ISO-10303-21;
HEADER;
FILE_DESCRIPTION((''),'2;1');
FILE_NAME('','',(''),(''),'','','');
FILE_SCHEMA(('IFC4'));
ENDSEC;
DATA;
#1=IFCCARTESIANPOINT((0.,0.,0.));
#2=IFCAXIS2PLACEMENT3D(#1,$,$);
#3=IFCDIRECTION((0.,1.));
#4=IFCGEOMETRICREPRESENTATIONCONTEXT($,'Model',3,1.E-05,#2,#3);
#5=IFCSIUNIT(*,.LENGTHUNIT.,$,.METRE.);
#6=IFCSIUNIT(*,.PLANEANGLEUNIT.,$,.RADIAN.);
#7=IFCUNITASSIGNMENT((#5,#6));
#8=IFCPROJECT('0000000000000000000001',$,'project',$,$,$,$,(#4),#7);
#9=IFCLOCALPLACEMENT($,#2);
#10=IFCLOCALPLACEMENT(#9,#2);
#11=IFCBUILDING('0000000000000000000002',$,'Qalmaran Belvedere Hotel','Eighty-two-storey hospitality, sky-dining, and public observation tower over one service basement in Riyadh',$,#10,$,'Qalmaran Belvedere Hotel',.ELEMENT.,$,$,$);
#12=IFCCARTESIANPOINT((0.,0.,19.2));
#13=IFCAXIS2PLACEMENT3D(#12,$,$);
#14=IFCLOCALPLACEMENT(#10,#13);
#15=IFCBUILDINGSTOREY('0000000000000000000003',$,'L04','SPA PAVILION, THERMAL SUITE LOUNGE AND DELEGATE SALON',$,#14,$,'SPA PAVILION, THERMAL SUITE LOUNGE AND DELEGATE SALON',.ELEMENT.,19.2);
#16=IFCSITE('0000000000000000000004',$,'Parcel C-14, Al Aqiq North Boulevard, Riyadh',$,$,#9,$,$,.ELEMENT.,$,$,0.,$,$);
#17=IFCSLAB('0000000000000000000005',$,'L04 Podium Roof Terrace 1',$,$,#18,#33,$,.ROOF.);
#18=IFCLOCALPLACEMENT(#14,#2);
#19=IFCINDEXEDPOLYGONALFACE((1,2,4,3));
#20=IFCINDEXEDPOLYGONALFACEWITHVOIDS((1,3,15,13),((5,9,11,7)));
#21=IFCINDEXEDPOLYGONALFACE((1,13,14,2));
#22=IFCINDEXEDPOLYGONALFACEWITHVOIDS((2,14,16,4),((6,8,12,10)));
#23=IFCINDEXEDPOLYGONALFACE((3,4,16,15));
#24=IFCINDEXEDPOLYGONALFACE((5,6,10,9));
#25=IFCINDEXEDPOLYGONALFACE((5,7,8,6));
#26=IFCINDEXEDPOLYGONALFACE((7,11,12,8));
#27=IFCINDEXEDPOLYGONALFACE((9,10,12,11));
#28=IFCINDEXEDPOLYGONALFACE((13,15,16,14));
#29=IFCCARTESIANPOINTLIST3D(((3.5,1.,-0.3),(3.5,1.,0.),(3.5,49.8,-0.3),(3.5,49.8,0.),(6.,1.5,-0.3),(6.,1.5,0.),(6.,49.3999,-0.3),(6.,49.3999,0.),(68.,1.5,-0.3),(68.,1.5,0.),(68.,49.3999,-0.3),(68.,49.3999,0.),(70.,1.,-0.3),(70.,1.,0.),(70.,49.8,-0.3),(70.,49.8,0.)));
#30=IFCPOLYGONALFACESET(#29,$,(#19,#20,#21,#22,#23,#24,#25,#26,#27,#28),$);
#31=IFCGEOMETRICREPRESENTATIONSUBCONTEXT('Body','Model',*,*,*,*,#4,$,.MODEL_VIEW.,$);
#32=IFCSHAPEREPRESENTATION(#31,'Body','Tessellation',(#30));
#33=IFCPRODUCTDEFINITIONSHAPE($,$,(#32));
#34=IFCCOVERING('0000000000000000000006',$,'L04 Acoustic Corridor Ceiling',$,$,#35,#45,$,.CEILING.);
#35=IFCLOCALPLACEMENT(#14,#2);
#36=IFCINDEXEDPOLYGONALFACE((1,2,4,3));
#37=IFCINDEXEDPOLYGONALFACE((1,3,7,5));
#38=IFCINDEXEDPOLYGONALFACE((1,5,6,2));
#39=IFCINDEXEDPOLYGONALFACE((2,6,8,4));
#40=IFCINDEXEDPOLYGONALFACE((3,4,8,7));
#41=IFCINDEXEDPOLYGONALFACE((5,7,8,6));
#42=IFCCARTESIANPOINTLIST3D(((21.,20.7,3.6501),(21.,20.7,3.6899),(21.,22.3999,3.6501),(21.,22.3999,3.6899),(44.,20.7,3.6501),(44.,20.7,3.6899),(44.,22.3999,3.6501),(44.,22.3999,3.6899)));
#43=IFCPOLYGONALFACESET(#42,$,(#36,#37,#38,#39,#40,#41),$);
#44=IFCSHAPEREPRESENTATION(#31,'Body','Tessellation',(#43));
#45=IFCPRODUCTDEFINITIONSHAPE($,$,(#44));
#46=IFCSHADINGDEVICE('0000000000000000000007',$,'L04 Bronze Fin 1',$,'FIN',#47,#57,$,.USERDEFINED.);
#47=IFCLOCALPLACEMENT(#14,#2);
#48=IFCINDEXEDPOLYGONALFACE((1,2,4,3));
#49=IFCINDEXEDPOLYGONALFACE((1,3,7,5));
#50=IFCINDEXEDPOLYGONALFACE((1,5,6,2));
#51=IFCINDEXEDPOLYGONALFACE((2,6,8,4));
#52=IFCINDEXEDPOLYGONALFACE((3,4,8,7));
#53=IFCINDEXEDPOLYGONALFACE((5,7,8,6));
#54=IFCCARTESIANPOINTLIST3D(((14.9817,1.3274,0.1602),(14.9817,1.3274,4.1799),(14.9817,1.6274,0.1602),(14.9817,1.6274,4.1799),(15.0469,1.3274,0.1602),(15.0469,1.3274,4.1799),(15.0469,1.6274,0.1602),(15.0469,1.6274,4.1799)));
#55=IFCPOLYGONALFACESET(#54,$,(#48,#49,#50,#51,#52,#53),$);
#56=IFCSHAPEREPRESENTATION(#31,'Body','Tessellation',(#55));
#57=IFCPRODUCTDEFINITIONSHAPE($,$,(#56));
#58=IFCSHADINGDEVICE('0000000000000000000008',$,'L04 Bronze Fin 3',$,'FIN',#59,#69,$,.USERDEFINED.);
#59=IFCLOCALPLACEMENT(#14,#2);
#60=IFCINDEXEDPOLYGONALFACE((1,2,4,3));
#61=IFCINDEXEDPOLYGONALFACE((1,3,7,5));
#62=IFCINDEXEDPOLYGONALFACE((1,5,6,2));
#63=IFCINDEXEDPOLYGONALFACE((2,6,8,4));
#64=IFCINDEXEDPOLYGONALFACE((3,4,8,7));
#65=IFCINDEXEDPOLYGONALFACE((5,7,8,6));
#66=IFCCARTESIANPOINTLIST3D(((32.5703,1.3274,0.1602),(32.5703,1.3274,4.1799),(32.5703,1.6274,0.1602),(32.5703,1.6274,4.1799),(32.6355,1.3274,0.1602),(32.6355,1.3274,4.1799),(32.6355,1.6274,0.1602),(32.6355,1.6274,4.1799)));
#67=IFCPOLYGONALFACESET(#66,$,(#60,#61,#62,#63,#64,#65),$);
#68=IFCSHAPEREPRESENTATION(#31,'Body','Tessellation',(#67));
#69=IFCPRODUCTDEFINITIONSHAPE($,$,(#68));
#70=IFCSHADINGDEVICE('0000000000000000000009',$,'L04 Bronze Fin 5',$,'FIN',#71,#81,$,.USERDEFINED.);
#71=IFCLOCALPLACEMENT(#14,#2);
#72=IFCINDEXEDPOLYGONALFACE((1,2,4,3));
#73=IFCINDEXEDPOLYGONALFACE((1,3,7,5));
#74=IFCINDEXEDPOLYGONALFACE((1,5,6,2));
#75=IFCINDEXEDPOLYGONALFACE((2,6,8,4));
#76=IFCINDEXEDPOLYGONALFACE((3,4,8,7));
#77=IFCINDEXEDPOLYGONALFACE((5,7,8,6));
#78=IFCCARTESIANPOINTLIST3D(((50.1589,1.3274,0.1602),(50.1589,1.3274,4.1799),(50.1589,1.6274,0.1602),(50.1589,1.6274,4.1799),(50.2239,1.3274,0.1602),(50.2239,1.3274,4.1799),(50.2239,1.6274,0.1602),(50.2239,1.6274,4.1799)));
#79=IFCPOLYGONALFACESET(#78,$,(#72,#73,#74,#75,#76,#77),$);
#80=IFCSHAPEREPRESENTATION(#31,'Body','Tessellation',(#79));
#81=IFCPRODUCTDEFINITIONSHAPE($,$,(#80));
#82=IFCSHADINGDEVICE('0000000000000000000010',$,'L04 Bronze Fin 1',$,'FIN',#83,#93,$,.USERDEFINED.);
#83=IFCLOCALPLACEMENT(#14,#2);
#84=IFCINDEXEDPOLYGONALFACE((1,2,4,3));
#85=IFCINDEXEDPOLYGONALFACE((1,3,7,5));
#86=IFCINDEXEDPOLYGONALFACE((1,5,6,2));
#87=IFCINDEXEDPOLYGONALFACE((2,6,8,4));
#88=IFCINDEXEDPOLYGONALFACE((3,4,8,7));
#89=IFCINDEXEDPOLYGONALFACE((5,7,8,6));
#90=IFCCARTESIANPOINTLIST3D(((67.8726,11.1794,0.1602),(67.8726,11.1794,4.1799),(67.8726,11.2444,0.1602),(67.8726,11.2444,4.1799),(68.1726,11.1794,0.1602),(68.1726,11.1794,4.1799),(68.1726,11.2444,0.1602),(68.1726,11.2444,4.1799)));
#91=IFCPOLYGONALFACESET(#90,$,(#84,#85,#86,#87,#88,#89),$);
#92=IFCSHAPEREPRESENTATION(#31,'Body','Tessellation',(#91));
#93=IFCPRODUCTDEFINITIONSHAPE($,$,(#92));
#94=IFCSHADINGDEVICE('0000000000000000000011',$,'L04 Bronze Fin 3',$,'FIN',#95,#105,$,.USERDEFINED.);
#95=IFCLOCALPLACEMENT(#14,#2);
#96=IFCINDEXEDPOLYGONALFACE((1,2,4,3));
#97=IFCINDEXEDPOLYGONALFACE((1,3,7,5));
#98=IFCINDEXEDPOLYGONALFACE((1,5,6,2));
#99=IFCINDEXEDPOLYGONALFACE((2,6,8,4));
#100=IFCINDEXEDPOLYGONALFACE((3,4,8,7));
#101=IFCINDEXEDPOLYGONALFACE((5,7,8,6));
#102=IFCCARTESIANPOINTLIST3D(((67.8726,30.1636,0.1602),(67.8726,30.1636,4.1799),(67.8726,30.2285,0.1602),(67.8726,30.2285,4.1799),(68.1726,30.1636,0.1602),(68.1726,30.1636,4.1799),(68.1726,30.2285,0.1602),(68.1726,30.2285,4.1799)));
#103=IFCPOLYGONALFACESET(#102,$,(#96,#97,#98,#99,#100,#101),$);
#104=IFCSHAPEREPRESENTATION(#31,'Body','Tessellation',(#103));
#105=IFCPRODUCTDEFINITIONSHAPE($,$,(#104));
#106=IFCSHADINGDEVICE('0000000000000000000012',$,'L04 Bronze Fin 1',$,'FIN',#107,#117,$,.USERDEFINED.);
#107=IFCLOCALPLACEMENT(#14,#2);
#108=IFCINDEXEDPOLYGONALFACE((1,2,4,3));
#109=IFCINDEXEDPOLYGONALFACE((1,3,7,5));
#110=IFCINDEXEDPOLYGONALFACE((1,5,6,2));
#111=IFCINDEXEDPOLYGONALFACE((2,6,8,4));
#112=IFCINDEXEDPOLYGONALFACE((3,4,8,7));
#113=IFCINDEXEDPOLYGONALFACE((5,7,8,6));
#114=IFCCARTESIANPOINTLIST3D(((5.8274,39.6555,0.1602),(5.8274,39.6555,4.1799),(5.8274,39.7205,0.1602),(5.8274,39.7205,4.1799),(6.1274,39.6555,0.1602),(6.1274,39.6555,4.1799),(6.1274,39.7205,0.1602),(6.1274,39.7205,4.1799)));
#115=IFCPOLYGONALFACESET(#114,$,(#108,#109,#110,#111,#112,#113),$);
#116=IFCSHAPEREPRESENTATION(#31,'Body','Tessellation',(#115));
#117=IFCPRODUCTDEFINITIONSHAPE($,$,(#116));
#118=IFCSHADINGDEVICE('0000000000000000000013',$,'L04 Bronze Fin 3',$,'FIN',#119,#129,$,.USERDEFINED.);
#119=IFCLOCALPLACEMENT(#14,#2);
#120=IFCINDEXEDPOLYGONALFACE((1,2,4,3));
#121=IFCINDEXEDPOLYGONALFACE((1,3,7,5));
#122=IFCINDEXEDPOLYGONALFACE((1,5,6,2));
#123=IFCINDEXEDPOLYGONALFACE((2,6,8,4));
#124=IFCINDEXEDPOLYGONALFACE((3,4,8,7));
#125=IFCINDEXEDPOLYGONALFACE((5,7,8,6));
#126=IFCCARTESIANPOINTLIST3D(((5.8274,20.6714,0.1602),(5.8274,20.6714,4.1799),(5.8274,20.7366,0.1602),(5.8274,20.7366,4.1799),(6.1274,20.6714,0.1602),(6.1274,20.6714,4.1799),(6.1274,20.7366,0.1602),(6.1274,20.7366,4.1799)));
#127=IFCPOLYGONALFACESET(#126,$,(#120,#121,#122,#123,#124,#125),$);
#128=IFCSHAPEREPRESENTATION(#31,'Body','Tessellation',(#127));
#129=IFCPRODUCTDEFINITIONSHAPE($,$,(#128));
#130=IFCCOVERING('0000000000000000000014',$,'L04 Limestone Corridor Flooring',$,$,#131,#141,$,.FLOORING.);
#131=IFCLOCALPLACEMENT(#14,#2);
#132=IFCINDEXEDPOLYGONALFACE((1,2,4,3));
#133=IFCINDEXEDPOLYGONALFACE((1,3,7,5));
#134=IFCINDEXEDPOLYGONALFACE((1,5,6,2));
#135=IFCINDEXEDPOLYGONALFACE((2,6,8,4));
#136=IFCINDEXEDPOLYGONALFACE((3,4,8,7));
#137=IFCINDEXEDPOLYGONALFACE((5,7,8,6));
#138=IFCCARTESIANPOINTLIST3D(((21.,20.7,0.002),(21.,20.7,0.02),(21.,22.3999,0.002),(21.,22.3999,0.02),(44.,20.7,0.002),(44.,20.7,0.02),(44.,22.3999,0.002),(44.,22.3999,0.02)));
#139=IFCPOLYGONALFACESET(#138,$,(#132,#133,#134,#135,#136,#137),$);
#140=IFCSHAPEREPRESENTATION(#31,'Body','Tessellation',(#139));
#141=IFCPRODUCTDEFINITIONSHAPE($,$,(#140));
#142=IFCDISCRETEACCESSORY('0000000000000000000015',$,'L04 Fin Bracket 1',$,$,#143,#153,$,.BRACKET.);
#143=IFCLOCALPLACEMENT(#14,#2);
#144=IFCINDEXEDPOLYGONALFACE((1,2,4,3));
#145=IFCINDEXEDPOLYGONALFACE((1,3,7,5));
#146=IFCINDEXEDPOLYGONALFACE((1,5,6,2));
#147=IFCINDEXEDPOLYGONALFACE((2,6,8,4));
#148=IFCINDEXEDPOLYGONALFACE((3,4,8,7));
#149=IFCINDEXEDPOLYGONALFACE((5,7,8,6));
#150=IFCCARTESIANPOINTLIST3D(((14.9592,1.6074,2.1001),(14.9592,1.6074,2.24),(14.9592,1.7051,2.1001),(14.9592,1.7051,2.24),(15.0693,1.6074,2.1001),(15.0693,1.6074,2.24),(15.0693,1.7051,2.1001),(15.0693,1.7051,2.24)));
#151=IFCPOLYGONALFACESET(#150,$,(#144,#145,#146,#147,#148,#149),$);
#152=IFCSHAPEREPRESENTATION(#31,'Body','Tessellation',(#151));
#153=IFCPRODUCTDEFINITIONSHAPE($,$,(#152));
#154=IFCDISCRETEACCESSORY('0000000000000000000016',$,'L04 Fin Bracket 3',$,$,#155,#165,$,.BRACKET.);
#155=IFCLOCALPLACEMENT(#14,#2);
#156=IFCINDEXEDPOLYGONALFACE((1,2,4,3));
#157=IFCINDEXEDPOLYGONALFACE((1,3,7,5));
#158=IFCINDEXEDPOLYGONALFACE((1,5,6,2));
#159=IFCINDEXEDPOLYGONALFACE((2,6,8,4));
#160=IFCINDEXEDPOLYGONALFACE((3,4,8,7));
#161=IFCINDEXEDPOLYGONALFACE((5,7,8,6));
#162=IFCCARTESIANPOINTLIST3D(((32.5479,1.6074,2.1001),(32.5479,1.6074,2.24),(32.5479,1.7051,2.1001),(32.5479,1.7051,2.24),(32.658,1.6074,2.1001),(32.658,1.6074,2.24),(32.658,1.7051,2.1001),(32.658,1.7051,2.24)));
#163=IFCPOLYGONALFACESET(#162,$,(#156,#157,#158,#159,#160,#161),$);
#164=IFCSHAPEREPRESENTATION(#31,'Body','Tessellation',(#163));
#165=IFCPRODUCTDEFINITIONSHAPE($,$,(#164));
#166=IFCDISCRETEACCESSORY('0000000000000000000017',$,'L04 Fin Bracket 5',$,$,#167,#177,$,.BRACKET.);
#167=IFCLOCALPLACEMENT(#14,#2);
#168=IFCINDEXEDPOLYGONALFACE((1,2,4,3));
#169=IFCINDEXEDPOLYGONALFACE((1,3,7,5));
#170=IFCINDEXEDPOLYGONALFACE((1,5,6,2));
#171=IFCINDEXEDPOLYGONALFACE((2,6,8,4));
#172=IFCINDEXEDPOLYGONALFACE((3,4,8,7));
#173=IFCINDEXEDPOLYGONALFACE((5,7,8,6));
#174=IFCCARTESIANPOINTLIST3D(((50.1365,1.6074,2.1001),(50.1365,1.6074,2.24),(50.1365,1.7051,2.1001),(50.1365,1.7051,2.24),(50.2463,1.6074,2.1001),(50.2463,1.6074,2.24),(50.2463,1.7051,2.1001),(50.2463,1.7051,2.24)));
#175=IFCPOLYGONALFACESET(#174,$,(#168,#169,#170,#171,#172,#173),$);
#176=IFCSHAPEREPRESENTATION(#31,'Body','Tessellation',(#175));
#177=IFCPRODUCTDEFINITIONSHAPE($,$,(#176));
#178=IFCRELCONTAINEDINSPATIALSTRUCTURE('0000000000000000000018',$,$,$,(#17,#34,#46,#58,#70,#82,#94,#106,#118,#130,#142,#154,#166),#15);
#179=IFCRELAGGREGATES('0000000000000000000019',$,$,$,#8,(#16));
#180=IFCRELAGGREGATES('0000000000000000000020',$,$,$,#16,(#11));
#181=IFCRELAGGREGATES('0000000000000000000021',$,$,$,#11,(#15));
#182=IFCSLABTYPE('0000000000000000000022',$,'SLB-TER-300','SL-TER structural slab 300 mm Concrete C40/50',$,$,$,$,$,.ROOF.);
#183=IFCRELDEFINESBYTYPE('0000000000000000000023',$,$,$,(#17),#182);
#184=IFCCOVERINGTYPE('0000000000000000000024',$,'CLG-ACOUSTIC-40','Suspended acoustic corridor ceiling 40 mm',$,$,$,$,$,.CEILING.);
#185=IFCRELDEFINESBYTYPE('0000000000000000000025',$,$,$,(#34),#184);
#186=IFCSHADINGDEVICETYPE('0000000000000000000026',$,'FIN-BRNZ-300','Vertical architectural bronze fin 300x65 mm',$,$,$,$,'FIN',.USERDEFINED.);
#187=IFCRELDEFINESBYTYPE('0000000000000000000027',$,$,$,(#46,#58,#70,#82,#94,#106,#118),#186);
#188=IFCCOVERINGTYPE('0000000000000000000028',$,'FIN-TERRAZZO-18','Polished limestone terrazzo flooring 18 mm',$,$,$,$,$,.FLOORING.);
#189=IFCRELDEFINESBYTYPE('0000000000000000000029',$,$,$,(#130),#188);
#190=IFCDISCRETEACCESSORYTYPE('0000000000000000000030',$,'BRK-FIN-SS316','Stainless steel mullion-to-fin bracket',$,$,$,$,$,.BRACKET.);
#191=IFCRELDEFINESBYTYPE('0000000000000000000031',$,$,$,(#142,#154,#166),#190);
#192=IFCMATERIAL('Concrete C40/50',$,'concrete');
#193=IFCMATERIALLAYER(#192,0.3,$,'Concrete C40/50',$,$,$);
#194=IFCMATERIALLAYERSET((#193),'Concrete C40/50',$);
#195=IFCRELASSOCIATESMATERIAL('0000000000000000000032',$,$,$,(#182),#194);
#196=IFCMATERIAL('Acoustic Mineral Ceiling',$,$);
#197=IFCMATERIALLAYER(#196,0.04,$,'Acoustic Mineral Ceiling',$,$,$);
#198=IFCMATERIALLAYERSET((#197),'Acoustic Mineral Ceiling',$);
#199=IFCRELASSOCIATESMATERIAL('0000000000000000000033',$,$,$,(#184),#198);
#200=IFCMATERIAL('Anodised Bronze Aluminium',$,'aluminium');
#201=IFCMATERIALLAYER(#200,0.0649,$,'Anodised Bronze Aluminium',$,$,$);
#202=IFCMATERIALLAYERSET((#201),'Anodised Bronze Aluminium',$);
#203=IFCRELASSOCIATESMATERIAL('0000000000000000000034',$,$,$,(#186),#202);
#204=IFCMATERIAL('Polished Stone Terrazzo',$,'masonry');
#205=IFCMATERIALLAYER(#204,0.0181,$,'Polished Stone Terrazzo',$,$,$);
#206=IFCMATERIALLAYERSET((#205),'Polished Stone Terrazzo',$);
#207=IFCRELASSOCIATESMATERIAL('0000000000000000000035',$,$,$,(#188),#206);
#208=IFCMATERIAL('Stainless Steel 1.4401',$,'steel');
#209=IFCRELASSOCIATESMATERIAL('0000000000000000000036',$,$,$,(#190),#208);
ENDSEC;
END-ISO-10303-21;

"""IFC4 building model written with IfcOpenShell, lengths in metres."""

from ifc_helpers import new_model, si_unit, direction, frame, origin, place, context, subcontext, project, spatial, polyline, outline, extrude, material, layer, layer_set, type_object, element, save


model = new_model("IFC4")

# Units and contexts
model_context = context("Model", 3, precision=1e-05, world=origin(), true_north=direction((0.0, 1.0)))
body_context = subcontext(model_context, "Body", "Model", "MODEL_VIEW")
ifc_project = project(units=[si_unit("LENGTHUNIT", "METRE"), si_unit("PLANEANGLEUNIT", "RADIAN")], contexts=[model_context])

# Site, building, storey
site_placement = place(None, origin())
site = spatial("IfcSite", under=ifc_project, at=site_placement, Name="Parcel C-14, Al Aqiq North Boulevard, Riyadh", CompositionType="ELEMENT", RefElevation=0.0)
building_placement = place(site_placement, origin())
building = spatial("IfcBuilding", under=site, at=building_placement, Name="Qalmaran Belvedere Hotel", Description="Eighty-two-storey hospitality, sky-dining, and public observation tower over one service basement in Riyadh", LongName="Qalmaran Belvedere Hotel", CompositionType="ELEMENT")
storey_placement = place(building_placement, frame((0.0, 0.0, 19.2)))
storey = spatial("IfcBuildingStorey", under=building, at=storey_placement, Name="L04", Description="SPA PAVILION, THERMAL SUITE LOUNGE AND DELEGATE SALON", LongName="SPA PAVILION, THERMAL SUITE LOUNGE AND DELEGATE SALON", CompositionType="ELEMENT", Elevation=19.2)

# Shared definitions
ifc_material_1 = material(Name="Concrete C40/50", Category="concrete")

# Slab
ifc_layer_1 = layer(ifc_material_1, 0.3, Name="Concrete C40/50")
ifc_layer_set_1 = layer_set([ifc_layer_1], Name="Concrete C40/50")
slab_type_1 = type_object("IfcSlabType", Name="SLB-TER-300", Description="SL-TER structural slab 300 mm Concrete C40/50", PredefinedType="ROOF", material=ifc_layer_set_1)
slab_1_placement = place(storey_placement, frame((0.0, 0.0, -0.3)))
element("IfcSlab", 1, at=slab_1_placement, inside=storey, type_object=slab_type_1, Name="L04 Podium Roof Terrace 1", PredefinedType="ROOF", context=body_context, shape_type="SweptSolid", body=[
    extrude(outline(polyline([(3.5, 49.8), (70.0, 49.8), (70.0, 1.0), (3.5, 1.0), (3.5, 49.8)]), holes=[polyline([(68.0, 1.5), (68.0, 49.3999), (6.0, 49.3999), (6.0, 1.5), (68.0, 1.5)])]), origin(), (0.0, 0.0, 1.0), 0.3),
])

# Covering
ifc_material_2 = material(Name="Acoustic Mineral Ceiling")
ifc_layer_2 = layer(ifc_material_2, 0.04, Name="Acoustic Mineral Ceiling")
ifc_layer_set_2 = layer_set([ifc_layer_2], Name="Acoustic Mineral Ceiling")
covering_type_1 = type_object("IfcCoveringType", Name="CLG-ACOUSTIC-40", Description="Suspended acoustic corridor ceiling 40 mm", PredefinedType="CEILING", material=ifc_layer_set_2)
covering_1_placement = place(storey_placement, frame((0.0, 0.0, 3.6501)))
element("IfcCovering", 2, at=covering_1_placement, inside=storey, type_object=covering_type_1, Name="L04 Acoustic Corridor Ceiling", PredefinedType="CEILING", context=body_context, shape_type="SweptSolid", body=[
    extrude(outline(polyline([(21.0, 20.7), (44.0, 20.7), (44.0, 22.3999), (21.0, 22.3999), (21.0, 20.7)])), origin(), (0.0, 0.0, 1.0), 0.0398),
])

# Shading devices
ifc_material_3 = material(Name="Anodised Bronze Aluminium", Category="aluminium")
ifc_layer_3 = layer(ifc_material_3, 0.0649, Name="Anodised Bronze Aluminium")
ifc_layer_set_3 = layer_set([ifc_layer_3], Name="Anodised Bronze Aluminium")
shading_device_type = type_object("IfcShadingDeviceType", Name="FIN-BRNZ-300", Description="Vertical architectural bronze fin 300x65 mm", ElementType="FIN", PredefinedType="USERDEFINED", material=ifc_layer_set_3)
shading_device_1_placement = place(storey_placement, frame((0.0, 0.0, 0.1602)))
element("IfcShadingDevice", 3, at=shading_device_1_placement, inside=storey, type_object=shading_device_type, Name="L04 Bronze Fin 1", ObjectType="FIN", PredefinedType="USERDEFINED", context=body_context, shape_type="SweptSolid", body=[
    extrude(outline(polyline([(14.9817, 1.6274), (14.9817, 1.3274), (15.0469, 1.3274), (15.0469, 1.6274), (14.9817, 1.6274)])), origin(), (0.0, 0.0, 1.0), 4.0198),
])
shading_device_2_placement = place(storey_placement, frame((0.0, 0.0, 0.1602)))
element("IfcShadingDevice", 4, at=shading_device_2_placement, inside=storey, type_object=shading_device_type, Name="L04 Bronze Fin 3", ObjectType="FIN", PredefinedType="USERDEFINED", context=body_context, shape_type="SweptSolid", body=[
    extrude(outline(polyline([(32.5703, 1.6274), (32.5703, 1.3274), (32.6355, 1.3274), (32.6355, 1.6274), (32.5703, 1.6274)])), origin(), (0.0, 0.0, 1.0), 4.0198),
])
shading_device_3_placement = place(storey_placement, frame((0.0, 0.0, 0.1602)))
element("IfcShadingDevice", 5, at=shading_device_3_placement, inside=storey, type_object=shading_device_type, Name="L04 Bronze Fin 5", ObjectType="FIN", PredefinedType="USERDEFINED", context=body_context, shape_type="SweptSolid", body=[
    extrude(outline(polyline([(50.1589, 1.6274), (50.1589, 1.3274), (50.2239, 1.3274), (50.2239, 1.6274), (50.1589, 1.6274)])), origin(), (0.0, 0.0, 1.0), 4.0198),
])
shading_device_4_placement = place(storey_placement, frame((0.0, 0.0, 0.1602)))
element("IfcShadingDevice", 6, at=shading_device_4_placement, inside=storey, type_object=shading_device_type, Name="L04 Bronze Fin 1", ObjectType="FIN", PredefinedType="USERDEFINED", context=body_context, shape_type="SweptSolid", body=[
    extrude(outline(polyline([(67.8726, 11.1794), (68.1726, 11.1794), (68.1726, 11.2444), (67.8726, 11.2444), (67.8726, 11.1794)])), origin(), (0.0, 0.0, 1.0), 4.0198),
])
shading_device_5_placement = place(storey_placement, frame((0.0, 0.0, 0.1602)))
element("IfcShadingDevice", 7, at=shading_device_5_placement, inside=storey, type_object=shading_device_type, Name="L04 Bronze Fin 3", ObjectType="FIN", PredefinedType="USERDEFINED", context=body_context, shape_type="SweptSolid", body=[
    extrude(outline(polyline([(67.8726, 30.1636), (68.1726, 30.1636), (68.1726, 30.2285), (67.8726, 30.2285), (67.8726, 30.1636)])), origin(), (0.0, 0.0, 1.0), 4.0198),
])
shading_device_6_placement = place(storey_placement, frame((0.0, 0.0, 0.1602)))
element("IfcShadingDevice", 8, at=shading_device_6_placement, inside=storey, type_object=shading_device_type, Name="L04 Bronze Fin 1", ObjectType="FIN", PredefinedType="USERDEFINED", context=body_context, shape_type="SweptSolid", body=[
    extrude(outline(polyline([(6.1274, 39.7205), (5.8274, 39.7205), (5.8274, 39.6555), (6.1274, 39.6555), (6.1274, 39.7205)])), origin(), (0.0, 0.0, 1.0), 4.0198),
])
shading_device_7_placement = place(storey_placement, frame((0.0, 0.0, 0.1602)))
element("IfcShadingDevice", 9, at=shading_device_7_placement, inside=storey, type_object=shading_device_type, Name="L04 Bronze Fin 3", ObjectType="FIN", PredefinedType="USERDEFINED", context=body_context, shape_type="SweptSolid", body=[
    extrude(outline(polyline([(6.1274, 20.7366), (5.8274, 20.7366), (5.8274, 20.6714), (6.1274, 20.6714), (6.1274, 20.7366)])), origin(), (0.0, 0.0, 1.0), 4.0198),
])

# Covering
ifc_material_4 = material(Name="Polished Stone Terrazzo", Category="masonry")
ifc_layer_4 = layer(ifc_material_4, 0.0181, Name="Polished Stone Terrazzo")
ifc_layer_set_4 = layer_set([ifc_layer_4], Name="Polished Stone Terrazzo")
covering_type_2 = type_object("IfcCoveringType", Name="FIN-TERRAZZO-18", Description="Polished limestone terrazzo flooring 18 mm", PredefinedType="FLOORING", material=ifc_layer_set_4)
covering_2_placement = place(storey_placement, frame((0.0, 0.0, 0.002)))
element("IfcCovering", 10, at=covering_2_placement, inside=storey, type_object=covering_type_2, Name="L04 Limestone Corridor Flooring", PredefinedType="FLOORING", context=body_context, shape_type="SweptSolid", body=[
    extrude(outline(polyline([(21.0, 20.7), (44.0, 20.7), (44.0, 22.3999), (21.0, 22.3999), (21.0, 20.7)])), origin(), (0.0, 0.0, 1.0), 0.0181),
])

# Discrete accessories
ifc_material_5 = material(Name="Stainless Steel 1.4401", Category="steel")
discrete_accessory_type = type_object("IfcDiscreteAccessoryType", Name="BRK-FIN-SS316", Description="Stainless steel mullion-to-fin bracket", PredefinedType="BRACKET", material=ifc_material_5)
discrete_accessory_1_placement = place(storey_placement, frame((0.0, 0.0, 2.1001)))
element("IfcDiscreteAccessory", 11, at=discrete_accessory_1_placement, inside=storey, type_object=discrete_accessory_type, Name="L04 Fin Bracket 1", PredefinedType="BRACKET", context=body_context, shape_type="SweptSolid", body=[
    extrude(outline(polyline([(14.9592, 1.7051), (14.9592, 1.6074), (15.0693, 1.6074), (15.0693, 1.7051), (14.9592, 1.7051)])), origin(), (0.0, 0.0, 1.0), 0.1399),
])
discrete_accessory_2_placement = place(storey_placement, frame((0.0, 0.0, 2.1001)))
element("IfcDiscreteAccessory", 12, at=discrete_accessory_2_placement, inside=storey, type_object=discrete_accessory_type, Name="L04 Fin Bracket 3", PredefinedType="BRACKET", context=body_context, shape_type="SweptSolid", body=[
    extrude(outline(polyline([(32.5479, 1.7051), (32.5479, 1.6074), (32.658, 1.6074), (32.658, 1.7051), (32.5479, 1.7051)])), origin(), (0.0, 0.0, 1.0), 0.1399),
])
discrete_accessory_3_placement = place(storey_placement, frame((0.0, 0.0, 2.1001)))
element("IfcDiscreteAccessory", 13, at=discrete_accessory_3_placement, inside=storey, type_object=discrete_accessory_type, Name="L04 Fin Bracket 5", PredefinedType="BRACKET", context=body_context, shape_type="SweptSolid", body=[
    extrude(outline(polyline([(50.1365, 1.7051), (50.1365, 1.6074), (50.2463, 1.6074), (50.2463, 1.7051), (50.1365, 1.7051)])), origin(), (0.0, 0.0, 1.0), 0.1399),
])

save(model, "model.ifc")
